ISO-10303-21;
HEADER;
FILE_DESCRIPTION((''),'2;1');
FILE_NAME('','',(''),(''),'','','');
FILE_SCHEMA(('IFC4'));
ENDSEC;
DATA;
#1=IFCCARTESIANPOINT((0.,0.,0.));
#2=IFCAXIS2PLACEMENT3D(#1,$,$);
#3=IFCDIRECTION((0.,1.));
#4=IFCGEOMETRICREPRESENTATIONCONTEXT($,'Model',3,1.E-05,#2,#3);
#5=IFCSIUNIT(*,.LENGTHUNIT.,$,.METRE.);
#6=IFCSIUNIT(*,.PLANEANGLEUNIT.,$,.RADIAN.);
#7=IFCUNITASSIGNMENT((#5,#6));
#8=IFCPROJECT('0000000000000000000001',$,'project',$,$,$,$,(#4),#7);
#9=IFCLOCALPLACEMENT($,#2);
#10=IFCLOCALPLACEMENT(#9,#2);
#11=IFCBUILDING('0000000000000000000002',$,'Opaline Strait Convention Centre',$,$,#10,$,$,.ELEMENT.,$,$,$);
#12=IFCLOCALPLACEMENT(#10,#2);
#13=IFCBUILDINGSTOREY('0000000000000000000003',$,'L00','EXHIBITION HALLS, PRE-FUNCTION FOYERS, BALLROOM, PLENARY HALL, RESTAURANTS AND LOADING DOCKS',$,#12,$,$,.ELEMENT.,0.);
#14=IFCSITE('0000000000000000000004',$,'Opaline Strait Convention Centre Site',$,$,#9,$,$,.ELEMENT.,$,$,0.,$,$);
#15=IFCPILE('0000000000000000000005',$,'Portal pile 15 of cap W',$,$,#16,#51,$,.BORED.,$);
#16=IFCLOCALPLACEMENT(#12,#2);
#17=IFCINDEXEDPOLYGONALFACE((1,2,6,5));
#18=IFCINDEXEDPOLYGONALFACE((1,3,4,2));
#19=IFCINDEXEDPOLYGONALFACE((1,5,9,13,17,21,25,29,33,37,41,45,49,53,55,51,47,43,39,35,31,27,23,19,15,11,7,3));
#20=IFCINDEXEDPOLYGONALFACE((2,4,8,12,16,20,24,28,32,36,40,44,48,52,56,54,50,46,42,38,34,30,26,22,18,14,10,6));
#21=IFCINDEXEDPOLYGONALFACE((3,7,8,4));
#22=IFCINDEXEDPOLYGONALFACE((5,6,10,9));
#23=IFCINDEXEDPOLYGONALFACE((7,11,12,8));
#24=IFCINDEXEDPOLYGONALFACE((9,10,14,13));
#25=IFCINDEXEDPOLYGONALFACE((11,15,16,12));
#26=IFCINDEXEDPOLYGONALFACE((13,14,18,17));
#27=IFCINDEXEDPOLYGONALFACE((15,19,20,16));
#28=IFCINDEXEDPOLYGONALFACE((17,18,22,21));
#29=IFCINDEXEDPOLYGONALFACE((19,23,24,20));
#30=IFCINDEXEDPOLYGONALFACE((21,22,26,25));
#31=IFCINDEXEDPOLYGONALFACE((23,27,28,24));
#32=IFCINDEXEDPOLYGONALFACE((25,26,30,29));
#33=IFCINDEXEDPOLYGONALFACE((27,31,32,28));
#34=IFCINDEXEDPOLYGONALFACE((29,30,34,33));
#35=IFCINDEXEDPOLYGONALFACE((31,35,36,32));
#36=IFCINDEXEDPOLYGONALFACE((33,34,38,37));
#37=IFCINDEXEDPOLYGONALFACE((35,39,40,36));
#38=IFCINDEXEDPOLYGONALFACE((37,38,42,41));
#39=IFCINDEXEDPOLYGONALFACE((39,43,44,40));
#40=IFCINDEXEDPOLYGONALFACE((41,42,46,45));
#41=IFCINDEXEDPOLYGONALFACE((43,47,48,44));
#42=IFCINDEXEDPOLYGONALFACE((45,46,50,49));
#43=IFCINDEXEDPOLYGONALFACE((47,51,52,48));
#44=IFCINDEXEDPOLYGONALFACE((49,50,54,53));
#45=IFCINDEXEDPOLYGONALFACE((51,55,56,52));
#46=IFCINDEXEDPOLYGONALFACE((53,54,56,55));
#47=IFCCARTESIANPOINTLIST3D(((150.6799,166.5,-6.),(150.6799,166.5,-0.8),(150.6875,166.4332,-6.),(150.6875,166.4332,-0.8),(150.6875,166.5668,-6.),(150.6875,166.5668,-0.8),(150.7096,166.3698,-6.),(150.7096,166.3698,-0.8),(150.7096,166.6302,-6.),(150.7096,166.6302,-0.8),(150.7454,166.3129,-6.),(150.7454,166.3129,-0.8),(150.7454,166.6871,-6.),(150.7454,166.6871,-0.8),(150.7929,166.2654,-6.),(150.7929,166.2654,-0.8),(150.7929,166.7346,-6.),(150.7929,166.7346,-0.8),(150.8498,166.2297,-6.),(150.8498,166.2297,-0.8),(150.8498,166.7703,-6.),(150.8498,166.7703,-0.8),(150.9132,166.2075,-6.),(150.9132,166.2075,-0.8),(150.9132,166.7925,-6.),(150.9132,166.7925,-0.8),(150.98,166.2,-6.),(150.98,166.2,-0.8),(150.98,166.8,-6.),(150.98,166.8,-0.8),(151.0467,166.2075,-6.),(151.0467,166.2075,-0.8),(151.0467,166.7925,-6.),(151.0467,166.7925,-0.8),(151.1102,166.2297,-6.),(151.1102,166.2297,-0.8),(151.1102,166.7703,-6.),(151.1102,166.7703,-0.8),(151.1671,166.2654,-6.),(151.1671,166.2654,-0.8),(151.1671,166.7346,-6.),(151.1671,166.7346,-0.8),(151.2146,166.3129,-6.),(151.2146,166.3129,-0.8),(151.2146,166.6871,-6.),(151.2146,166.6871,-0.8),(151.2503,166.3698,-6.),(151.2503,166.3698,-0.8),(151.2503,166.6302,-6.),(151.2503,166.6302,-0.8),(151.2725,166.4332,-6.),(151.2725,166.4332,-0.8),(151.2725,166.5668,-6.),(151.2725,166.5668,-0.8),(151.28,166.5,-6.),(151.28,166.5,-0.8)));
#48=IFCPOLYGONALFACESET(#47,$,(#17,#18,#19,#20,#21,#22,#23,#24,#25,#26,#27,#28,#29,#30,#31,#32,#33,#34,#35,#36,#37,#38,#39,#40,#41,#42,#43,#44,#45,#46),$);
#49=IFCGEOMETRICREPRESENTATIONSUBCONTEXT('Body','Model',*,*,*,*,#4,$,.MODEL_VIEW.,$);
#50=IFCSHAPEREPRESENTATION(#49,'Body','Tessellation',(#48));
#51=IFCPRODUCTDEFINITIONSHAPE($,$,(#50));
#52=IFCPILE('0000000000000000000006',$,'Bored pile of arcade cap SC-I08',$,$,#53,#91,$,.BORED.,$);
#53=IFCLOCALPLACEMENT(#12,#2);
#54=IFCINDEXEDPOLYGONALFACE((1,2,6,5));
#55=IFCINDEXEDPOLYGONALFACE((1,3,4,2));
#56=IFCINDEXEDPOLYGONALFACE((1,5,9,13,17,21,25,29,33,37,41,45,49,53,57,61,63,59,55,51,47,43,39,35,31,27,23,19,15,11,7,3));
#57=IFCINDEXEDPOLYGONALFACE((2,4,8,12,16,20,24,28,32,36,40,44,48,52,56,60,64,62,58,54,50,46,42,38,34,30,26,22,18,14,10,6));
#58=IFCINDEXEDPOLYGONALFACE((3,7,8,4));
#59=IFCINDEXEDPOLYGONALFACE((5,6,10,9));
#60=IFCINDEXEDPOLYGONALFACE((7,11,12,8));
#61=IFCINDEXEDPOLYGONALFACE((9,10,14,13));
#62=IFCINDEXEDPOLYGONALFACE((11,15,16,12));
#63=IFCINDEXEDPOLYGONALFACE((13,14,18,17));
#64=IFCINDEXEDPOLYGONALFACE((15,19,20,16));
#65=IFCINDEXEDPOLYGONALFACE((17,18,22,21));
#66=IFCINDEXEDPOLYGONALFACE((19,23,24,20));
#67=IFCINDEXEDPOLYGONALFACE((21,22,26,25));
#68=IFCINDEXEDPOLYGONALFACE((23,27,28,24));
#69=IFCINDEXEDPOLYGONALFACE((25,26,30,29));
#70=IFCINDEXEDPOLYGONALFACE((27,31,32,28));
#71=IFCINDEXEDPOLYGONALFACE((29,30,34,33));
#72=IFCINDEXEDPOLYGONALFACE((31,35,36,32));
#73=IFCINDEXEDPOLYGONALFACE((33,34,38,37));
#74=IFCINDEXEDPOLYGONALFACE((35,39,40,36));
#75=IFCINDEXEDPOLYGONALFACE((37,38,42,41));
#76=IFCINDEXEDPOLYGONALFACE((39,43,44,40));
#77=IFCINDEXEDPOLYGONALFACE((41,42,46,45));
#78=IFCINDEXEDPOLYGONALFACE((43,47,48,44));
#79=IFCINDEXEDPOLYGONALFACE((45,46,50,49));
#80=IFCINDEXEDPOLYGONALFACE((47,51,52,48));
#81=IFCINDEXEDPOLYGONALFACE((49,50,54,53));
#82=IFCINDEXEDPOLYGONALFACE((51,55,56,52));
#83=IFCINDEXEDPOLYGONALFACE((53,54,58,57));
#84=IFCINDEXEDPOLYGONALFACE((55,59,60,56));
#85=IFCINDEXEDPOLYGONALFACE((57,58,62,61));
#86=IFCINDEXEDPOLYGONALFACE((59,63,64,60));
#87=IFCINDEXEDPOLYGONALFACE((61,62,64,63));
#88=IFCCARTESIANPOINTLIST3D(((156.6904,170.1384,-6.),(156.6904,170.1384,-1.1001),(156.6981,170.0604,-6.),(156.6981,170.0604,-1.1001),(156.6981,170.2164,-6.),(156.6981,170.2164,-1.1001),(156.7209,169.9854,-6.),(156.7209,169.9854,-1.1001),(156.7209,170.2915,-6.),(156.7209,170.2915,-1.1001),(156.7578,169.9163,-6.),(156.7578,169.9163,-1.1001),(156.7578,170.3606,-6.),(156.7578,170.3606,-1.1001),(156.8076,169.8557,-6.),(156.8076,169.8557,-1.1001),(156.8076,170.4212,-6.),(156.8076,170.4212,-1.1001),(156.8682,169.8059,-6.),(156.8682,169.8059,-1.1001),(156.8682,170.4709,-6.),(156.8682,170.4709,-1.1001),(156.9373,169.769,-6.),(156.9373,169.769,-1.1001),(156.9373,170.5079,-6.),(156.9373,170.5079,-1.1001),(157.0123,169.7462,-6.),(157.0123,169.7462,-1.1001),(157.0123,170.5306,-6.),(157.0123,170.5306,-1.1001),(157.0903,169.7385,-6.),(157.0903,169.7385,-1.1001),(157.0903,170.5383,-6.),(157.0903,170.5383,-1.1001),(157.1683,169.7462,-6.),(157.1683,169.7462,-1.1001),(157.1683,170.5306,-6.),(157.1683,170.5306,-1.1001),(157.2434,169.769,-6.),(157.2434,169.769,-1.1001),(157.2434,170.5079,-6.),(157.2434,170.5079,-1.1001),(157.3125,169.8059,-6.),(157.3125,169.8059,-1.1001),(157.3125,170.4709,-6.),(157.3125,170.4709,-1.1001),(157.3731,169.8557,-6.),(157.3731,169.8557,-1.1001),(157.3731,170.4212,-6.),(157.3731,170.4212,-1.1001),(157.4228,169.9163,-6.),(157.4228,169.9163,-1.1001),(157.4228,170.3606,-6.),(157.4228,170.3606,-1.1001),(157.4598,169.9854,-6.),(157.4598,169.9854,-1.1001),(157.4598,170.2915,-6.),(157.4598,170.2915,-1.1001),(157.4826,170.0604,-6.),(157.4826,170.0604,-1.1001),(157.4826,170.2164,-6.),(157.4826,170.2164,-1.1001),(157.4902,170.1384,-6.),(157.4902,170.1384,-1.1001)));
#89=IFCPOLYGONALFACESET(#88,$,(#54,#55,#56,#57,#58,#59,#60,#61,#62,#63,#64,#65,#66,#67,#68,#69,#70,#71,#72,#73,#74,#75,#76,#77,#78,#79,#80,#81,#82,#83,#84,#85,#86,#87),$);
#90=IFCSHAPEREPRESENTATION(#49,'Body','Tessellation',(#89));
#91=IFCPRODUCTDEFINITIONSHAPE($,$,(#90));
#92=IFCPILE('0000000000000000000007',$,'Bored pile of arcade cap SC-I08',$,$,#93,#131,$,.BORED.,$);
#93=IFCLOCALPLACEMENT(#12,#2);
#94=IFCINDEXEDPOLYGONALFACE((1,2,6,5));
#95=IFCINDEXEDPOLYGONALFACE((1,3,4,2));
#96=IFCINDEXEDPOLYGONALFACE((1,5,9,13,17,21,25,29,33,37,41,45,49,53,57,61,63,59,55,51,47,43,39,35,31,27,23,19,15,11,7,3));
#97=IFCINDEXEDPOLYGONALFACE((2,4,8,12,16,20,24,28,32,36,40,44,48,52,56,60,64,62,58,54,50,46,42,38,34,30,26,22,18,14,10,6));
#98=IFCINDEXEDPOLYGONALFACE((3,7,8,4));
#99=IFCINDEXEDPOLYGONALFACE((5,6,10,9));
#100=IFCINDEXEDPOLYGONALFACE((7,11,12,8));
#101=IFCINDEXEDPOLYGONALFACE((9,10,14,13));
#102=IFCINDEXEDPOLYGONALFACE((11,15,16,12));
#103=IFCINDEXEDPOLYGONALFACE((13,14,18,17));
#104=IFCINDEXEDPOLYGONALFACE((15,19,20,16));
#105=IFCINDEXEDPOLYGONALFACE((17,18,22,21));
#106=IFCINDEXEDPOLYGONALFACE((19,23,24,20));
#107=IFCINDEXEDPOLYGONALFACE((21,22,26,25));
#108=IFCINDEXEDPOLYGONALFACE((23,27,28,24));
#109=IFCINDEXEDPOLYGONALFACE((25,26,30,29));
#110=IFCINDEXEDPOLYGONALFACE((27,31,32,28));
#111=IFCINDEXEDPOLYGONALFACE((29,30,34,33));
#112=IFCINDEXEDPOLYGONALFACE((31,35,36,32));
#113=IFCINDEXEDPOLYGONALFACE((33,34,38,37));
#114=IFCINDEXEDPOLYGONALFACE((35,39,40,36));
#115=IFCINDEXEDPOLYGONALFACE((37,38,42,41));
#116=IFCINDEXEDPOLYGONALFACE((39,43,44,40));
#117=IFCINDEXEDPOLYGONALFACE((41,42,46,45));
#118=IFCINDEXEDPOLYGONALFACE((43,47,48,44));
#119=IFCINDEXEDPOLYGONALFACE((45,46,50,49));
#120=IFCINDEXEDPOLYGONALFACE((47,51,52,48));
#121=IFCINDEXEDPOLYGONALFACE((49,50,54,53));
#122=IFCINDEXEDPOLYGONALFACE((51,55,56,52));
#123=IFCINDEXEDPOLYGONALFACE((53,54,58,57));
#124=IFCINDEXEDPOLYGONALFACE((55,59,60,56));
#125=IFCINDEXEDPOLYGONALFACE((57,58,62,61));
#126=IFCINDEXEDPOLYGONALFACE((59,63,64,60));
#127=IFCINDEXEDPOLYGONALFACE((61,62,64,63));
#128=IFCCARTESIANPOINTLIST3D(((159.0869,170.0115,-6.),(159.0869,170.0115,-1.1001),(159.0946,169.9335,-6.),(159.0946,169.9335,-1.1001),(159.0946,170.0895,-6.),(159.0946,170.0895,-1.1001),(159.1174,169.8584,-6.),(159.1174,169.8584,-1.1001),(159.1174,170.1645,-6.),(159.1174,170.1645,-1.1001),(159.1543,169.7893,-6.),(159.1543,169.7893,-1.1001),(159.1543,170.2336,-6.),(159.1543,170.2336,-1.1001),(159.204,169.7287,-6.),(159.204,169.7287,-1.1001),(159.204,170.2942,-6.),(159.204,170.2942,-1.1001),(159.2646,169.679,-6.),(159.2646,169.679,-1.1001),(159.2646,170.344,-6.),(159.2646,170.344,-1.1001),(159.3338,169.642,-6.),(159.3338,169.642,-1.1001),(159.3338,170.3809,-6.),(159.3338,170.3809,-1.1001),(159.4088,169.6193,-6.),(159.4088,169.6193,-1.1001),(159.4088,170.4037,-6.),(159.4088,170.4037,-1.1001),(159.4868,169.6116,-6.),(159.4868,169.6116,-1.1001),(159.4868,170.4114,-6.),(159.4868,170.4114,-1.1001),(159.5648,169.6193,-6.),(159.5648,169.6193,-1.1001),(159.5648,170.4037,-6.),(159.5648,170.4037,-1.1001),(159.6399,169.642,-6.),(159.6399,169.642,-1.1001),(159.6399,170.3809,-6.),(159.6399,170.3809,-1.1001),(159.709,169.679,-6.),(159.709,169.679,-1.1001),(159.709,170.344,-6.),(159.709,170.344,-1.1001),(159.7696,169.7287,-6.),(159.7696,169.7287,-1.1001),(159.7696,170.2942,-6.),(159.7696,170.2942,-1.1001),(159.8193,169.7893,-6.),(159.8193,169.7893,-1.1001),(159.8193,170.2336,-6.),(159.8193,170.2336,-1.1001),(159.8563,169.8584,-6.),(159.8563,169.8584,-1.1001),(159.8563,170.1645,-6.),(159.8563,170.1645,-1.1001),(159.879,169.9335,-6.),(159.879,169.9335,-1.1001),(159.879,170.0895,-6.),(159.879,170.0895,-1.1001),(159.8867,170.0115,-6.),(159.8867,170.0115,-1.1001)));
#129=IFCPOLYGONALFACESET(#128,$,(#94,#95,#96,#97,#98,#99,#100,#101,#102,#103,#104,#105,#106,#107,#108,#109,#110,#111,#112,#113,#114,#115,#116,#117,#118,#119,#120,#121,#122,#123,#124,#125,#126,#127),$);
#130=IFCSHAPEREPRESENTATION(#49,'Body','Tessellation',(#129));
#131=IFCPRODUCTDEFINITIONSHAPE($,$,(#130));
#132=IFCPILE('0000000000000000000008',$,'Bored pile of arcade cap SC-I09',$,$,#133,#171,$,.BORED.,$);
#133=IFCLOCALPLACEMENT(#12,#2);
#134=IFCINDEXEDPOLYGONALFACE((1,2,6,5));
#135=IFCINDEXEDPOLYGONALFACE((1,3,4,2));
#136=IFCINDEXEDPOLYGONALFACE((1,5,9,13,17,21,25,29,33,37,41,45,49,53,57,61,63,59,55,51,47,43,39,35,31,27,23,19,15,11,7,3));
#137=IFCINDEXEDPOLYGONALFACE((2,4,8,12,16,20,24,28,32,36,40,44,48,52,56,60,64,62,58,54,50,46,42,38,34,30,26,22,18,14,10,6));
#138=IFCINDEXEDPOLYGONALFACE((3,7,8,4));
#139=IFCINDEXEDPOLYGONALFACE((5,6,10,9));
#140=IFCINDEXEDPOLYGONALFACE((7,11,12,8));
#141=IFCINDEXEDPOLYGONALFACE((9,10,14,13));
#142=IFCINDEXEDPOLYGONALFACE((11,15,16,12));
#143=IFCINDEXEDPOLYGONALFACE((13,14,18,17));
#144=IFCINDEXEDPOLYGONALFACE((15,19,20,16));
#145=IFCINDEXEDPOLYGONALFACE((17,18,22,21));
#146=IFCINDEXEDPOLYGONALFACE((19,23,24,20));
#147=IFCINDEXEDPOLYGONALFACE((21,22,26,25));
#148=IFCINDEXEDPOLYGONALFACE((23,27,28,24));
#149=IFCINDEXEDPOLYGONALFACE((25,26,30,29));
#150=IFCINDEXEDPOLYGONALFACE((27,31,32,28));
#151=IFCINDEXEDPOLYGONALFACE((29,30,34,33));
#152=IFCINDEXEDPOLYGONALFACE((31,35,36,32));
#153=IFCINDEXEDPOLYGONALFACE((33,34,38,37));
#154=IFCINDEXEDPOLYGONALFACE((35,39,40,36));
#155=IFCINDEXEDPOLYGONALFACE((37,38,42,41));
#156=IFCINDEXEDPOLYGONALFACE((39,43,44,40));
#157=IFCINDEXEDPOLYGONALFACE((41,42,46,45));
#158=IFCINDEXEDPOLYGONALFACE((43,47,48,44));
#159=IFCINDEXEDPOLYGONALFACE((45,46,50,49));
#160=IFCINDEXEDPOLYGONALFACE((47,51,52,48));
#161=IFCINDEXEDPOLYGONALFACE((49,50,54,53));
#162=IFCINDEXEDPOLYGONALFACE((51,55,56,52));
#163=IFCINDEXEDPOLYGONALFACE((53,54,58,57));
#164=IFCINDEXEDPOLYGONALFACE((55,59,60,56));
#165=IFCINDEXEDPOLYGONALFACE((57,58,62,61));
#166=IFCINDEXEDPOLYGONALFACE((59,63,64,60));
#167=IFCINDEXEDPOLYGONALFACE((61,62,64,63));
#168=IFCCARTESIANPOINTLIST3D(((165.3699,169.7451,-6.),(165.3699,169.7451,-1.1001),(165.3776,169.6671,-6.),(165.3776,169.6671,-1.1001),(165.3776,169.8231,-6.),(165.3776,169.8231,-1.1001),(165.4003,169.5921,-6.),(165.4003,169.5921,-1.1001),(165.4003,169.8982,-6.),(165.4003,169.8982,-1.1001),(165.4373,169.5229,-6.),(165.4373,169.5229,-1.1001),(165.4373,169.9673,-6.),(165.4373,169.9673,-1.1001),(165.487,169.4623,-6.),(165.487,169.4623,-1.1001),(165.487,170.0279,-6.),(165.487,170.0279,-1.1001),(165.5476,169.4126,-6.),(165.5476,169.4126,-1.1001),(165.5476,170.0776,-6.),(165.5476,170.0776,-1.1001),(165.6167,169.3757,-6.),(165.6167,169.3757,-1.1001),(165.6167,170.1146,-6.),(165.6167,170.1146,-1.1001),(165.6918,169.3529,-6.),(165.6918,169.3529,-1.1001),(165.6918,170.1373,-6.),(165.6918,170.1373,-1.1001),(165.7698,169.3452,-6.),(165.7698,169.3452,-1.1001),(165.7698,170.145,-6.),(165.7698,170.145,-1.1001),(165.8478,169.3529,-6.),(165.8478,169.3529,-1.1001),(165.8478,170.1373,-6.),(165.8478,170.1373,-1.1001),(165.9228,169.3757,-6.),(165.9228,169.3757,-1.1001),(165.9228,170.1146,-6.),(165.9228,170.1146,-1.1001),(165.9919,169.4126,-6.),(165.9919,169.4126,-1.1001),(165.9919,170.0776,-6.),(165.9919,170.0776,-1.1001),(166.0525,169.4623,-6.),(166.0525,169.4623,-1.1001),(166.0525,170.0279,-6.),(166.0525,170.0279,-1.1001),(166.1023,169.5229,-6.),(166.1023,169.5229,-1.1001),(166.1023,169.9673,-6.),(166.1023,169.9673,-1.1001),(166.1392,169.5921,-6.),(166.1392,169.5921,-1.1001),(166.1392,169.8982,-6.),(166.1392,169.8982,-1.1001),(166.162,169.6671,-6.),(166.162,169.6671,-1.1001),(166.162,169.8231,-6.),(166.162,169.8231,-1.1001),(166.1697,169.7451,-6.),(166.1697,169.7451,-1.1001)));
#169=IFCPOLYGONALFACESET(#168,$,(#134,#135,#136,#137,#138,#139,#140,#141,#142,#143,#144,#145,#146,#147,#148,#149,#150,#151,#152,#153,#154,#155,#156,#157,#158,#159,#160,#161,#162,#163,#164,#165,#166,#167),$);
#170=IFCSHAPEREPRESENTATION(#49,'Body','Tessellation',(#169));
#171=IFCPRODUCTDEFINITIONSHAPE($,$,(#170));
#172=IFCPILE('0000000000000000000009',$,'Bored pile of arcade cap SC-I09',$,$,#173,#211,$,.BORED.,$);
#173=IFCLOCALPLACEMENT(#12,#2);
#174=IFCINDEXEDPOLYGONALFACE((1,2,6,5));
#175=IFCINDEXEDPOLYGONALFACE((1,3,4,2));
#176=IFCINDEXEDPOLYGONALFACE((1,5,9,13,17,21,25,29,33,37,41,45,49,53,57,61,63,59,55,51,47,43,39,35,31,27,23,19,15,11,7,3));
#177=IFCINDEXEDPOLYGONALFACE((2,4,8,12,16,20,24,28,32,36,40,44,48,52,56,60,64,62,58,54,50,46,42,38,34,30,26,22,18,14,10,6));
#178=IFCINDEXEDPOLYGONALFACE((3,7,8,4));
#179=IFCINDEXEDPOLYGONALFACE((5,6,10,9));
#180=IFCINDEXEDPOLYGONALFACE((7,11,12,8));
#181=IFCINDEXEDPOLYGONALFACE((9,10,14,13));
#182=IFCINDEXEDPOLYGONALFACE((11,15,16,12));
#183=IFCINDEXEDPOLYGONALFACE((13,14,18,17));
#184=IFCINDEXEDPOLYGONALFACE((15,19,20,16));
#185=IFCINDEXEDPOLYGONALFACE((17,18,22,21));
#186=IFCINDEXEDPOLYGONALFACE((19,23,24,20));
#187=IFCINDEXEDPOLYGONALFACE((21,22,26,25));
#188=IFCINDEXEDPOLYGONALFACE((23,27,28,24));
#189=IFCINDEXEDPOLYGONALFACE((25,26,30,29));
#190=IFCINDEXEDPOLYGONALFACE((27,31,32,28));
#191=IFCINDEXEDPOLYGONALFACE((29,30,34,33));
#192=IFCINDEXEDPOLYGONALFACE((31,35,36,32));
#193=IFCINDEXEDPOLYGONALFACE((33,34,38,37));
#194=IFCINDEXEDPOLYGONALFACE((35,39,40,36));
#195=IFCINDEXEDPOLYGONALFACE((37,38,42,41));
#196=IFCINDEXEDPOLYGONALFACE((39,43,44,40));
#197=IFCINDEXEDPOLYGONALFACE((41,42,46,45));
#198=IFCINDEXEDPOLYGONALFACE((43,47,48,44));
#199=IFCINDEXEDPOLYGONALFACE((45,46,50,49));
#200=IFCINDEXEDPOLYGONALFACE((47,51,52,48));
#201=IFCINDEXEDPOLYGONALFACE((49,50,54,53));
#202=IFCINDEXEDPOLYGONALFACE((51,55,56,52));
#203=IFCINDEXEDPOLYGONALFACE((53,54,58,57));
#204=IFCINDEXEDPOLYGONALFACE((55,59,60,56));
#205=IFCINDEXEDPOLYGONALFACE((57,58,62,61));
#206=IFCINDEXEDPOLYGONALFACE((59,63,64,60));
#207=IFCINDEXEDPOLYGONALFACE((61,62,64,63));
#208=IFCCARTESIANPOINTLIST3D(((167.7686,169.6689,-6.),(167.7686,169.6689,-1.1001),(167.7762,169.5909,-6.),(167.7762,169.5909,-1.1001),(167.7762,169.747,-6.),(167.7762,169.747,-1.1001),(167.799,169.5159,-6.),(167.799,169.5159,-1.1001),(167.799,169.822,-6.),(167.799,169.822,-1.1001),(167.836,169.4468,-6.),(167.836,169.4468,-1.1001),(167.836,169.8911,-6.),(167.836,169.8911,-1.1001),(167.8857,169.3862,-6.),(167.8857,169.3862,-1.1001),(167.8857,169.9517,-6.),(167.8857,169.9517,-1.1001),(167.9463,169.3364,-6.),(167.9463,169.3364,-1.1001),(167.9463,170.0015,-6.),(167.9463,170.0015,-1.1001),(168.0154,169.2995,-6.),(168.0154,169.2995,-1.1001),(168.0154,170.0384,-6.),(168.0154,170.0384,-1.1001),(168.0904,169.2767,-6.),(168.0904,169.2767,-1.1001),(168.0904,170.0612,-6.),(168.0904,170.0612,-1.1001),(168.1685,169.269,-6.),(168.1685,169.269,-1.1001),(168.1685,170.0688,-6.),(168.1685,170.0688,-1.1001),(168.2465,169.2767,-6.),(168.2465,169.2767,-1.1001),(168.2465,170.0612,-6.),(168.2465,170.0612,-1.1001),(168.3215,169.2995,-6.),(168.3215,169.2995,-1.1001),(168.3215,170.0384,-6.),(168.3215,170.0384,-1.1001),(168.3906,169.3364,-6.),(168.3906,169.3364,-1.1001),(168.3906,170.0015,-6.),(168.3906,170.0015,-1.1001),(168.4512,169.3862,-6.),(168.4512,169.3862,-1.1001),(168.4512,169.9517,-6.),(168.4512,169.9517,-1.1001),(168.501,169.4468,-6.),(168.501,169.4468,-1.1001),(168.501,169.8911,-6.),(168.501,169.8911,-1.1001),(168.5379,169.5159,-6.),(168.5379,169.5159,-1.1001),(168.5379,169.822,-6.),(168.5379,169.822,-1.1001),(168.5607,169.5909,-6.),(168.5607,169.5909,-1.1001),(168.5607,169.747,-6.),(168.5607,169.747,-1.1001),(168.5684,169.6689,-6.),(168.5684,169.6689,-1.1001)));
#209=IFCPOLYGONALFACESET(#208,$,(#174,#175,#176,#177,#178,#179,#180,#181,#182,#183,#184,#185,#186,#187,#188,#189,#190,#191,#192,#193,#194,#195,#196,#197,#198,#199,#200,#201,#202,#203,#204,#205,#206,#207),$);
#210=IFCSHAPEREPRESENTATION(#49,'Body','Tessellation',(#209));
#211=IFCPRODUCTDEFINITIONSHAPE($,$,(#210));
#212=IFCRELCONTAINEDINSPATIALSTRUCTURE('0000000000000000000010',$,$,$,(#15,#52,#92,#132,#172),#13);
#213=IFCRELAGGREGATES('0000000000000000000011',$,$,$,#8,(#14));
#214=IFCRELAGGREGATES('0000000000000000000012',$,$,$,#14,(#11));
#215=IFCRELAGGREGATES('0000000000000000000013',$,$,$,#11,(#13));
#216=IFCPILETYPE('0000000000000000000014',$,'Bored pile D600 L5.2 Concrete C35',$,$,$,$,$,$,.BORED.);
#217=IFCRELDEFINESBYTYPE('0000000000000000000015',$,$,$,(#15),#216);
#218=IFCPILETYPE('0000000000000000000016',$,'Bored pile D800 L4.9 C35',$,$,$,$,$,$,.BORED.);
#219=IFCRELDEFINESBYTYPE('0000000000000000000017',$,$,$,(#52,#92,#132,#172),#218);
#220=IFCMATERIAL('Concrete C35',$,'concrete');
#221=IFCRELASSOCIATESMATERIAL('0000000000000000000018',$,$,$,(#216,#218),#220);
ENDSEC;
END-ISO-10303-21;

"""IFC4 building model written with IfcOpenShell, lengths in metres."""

from ifc_helpers import new_model, si_unit, direction, frame, origin, origin_2d, place, context, subcontext, project, spatial, circle, extrude, material, material_profile, profile_set, type_object, element, save


model = new_model("IFC4")

# Units and contexts
model_context = context("Model", 3, precision=1e-05, world=origin(), true_north=direction((0.0, 1.0)))
body_context = subcontext(model_context, "Body", "Model", "MODEL_VIEW")
ifc_project = project(units=[si_unit("LENGTHUNIT", "METRE"), si_unit("PLANEANGLEUNIT", "RADIAN")], contexts=[model_context])

# Site, building, storey
site_placement = place(None, origin())
site = spatial("IfcSite", under=ifc_project, at=site_placement, Name="Opaline Strait Convention Centre Site", CompositionType="ELEMENT", RefElevation=0.0)
building_placement = place(site_placement, origin())
building = spatial("IfcBuilding", under=site, at=building_placement, Name="Opaline Strait Convention Centre", CompositionType="ELEMENT")
storey_placement = place(building_placement, origin())
storey = spatial("IfcBuildingStorey", under=building, at=storey_placement, Name="L00", Description="EXHIBITION HALLS, PRE-FUNCTION FOYERS, BALLROOM, PLENARY HALL, RESTAURANTS AND LOADING DOCKS", CompositionType="ELEMENT", Elevation=0.0)

# Piles
ifc_material_1 = material(Name="Concrete C35", Category="concrete")
ifc_material_profile_1 = material_profile(ifc_material_1, circle(Radius=0.3, at=origin_2d()), Name="D600")
ifc_profile_set_1 = profile_set([ifc_material_profile_1], Name="Concrete C35")
pile_type_1 = type_object("IfcPileType", Name="Bored pile D600 L5.2 Concrete C35", PredefinedType="BORED", material=ifc_profile_set_1)
pile_placement = place(storey_placement, frame((150.98, 166.5, -0.8), z_axis=(0.0, 0.0, -1.0), x_axis=(1.0, 0.0, 0.0)))
element("IfcPile", 1, at=pile_placement, inside=storey, type_object=pile_type_1, Name="Portal pile 15 of cap W", PredefinedType="BORED", context=body_context, shape_type="SweptSolid", body=[
    extrude(circle(Radius=0.3, at=origin_2d()), origin(), (0.0, 0.0, 1.0), 5.2),
])
ifc_material_profile_2 = material_profile(ifc_material_1, circle(Radius=0.3999, at=origin_2d()), Name="D800")
ifc_profile_set_2 = profile_set([ifc_material_profile_2], Name="Concrete C35")
pile_type_2 = type_object("IfcPileType", Name="Bored pile D800 L4.9 C35", PredefinedType="BORED", material=ifc_profile_set_2)
for number, where, z_axis, x_axis, name in (
    (2, (157.0903, 170.1384, -1.1001), (0.0, 0.0, -1.0), (1.0, 0.0, 0.0), "Bored pile of arcade cap SC-I08"),
    (3, (159.4868, 170.0115, -1.1001), (0.0, 0.0, -1.0), (1.0, 0.0, 0.0), "Bored pile of arcade cap SC-I08"),
    (4, (165.7698, 169.7451, -1.1001), (0.0, 0.0, -1.0), (1.0, 0.0, 0.0), "Bored pile of arcade cap SC-I09"),
    (5, (168.1685, 169.6689, -1.1001), (0.0, 0.0, -1.0), (1.0, 0.0, 0.0), "Bored pile of arcade cap SC-I09"),
):
    element("IfcPile", number, at=place(storey_placement, frame(where, z_axis=z_axis, x_axis=x_axis)), inside=storey, type_object=pile_type_2, Name=name, PredefinedType="BORED", context=body_context, shape_type="SweptSolid", body=[
        extrude(circle(Radius=0.3999, at=origin_2d()), origin(), (0.0, 0.0, 1.0), 4.8999),
    ])

save(model, "model.ifc")
